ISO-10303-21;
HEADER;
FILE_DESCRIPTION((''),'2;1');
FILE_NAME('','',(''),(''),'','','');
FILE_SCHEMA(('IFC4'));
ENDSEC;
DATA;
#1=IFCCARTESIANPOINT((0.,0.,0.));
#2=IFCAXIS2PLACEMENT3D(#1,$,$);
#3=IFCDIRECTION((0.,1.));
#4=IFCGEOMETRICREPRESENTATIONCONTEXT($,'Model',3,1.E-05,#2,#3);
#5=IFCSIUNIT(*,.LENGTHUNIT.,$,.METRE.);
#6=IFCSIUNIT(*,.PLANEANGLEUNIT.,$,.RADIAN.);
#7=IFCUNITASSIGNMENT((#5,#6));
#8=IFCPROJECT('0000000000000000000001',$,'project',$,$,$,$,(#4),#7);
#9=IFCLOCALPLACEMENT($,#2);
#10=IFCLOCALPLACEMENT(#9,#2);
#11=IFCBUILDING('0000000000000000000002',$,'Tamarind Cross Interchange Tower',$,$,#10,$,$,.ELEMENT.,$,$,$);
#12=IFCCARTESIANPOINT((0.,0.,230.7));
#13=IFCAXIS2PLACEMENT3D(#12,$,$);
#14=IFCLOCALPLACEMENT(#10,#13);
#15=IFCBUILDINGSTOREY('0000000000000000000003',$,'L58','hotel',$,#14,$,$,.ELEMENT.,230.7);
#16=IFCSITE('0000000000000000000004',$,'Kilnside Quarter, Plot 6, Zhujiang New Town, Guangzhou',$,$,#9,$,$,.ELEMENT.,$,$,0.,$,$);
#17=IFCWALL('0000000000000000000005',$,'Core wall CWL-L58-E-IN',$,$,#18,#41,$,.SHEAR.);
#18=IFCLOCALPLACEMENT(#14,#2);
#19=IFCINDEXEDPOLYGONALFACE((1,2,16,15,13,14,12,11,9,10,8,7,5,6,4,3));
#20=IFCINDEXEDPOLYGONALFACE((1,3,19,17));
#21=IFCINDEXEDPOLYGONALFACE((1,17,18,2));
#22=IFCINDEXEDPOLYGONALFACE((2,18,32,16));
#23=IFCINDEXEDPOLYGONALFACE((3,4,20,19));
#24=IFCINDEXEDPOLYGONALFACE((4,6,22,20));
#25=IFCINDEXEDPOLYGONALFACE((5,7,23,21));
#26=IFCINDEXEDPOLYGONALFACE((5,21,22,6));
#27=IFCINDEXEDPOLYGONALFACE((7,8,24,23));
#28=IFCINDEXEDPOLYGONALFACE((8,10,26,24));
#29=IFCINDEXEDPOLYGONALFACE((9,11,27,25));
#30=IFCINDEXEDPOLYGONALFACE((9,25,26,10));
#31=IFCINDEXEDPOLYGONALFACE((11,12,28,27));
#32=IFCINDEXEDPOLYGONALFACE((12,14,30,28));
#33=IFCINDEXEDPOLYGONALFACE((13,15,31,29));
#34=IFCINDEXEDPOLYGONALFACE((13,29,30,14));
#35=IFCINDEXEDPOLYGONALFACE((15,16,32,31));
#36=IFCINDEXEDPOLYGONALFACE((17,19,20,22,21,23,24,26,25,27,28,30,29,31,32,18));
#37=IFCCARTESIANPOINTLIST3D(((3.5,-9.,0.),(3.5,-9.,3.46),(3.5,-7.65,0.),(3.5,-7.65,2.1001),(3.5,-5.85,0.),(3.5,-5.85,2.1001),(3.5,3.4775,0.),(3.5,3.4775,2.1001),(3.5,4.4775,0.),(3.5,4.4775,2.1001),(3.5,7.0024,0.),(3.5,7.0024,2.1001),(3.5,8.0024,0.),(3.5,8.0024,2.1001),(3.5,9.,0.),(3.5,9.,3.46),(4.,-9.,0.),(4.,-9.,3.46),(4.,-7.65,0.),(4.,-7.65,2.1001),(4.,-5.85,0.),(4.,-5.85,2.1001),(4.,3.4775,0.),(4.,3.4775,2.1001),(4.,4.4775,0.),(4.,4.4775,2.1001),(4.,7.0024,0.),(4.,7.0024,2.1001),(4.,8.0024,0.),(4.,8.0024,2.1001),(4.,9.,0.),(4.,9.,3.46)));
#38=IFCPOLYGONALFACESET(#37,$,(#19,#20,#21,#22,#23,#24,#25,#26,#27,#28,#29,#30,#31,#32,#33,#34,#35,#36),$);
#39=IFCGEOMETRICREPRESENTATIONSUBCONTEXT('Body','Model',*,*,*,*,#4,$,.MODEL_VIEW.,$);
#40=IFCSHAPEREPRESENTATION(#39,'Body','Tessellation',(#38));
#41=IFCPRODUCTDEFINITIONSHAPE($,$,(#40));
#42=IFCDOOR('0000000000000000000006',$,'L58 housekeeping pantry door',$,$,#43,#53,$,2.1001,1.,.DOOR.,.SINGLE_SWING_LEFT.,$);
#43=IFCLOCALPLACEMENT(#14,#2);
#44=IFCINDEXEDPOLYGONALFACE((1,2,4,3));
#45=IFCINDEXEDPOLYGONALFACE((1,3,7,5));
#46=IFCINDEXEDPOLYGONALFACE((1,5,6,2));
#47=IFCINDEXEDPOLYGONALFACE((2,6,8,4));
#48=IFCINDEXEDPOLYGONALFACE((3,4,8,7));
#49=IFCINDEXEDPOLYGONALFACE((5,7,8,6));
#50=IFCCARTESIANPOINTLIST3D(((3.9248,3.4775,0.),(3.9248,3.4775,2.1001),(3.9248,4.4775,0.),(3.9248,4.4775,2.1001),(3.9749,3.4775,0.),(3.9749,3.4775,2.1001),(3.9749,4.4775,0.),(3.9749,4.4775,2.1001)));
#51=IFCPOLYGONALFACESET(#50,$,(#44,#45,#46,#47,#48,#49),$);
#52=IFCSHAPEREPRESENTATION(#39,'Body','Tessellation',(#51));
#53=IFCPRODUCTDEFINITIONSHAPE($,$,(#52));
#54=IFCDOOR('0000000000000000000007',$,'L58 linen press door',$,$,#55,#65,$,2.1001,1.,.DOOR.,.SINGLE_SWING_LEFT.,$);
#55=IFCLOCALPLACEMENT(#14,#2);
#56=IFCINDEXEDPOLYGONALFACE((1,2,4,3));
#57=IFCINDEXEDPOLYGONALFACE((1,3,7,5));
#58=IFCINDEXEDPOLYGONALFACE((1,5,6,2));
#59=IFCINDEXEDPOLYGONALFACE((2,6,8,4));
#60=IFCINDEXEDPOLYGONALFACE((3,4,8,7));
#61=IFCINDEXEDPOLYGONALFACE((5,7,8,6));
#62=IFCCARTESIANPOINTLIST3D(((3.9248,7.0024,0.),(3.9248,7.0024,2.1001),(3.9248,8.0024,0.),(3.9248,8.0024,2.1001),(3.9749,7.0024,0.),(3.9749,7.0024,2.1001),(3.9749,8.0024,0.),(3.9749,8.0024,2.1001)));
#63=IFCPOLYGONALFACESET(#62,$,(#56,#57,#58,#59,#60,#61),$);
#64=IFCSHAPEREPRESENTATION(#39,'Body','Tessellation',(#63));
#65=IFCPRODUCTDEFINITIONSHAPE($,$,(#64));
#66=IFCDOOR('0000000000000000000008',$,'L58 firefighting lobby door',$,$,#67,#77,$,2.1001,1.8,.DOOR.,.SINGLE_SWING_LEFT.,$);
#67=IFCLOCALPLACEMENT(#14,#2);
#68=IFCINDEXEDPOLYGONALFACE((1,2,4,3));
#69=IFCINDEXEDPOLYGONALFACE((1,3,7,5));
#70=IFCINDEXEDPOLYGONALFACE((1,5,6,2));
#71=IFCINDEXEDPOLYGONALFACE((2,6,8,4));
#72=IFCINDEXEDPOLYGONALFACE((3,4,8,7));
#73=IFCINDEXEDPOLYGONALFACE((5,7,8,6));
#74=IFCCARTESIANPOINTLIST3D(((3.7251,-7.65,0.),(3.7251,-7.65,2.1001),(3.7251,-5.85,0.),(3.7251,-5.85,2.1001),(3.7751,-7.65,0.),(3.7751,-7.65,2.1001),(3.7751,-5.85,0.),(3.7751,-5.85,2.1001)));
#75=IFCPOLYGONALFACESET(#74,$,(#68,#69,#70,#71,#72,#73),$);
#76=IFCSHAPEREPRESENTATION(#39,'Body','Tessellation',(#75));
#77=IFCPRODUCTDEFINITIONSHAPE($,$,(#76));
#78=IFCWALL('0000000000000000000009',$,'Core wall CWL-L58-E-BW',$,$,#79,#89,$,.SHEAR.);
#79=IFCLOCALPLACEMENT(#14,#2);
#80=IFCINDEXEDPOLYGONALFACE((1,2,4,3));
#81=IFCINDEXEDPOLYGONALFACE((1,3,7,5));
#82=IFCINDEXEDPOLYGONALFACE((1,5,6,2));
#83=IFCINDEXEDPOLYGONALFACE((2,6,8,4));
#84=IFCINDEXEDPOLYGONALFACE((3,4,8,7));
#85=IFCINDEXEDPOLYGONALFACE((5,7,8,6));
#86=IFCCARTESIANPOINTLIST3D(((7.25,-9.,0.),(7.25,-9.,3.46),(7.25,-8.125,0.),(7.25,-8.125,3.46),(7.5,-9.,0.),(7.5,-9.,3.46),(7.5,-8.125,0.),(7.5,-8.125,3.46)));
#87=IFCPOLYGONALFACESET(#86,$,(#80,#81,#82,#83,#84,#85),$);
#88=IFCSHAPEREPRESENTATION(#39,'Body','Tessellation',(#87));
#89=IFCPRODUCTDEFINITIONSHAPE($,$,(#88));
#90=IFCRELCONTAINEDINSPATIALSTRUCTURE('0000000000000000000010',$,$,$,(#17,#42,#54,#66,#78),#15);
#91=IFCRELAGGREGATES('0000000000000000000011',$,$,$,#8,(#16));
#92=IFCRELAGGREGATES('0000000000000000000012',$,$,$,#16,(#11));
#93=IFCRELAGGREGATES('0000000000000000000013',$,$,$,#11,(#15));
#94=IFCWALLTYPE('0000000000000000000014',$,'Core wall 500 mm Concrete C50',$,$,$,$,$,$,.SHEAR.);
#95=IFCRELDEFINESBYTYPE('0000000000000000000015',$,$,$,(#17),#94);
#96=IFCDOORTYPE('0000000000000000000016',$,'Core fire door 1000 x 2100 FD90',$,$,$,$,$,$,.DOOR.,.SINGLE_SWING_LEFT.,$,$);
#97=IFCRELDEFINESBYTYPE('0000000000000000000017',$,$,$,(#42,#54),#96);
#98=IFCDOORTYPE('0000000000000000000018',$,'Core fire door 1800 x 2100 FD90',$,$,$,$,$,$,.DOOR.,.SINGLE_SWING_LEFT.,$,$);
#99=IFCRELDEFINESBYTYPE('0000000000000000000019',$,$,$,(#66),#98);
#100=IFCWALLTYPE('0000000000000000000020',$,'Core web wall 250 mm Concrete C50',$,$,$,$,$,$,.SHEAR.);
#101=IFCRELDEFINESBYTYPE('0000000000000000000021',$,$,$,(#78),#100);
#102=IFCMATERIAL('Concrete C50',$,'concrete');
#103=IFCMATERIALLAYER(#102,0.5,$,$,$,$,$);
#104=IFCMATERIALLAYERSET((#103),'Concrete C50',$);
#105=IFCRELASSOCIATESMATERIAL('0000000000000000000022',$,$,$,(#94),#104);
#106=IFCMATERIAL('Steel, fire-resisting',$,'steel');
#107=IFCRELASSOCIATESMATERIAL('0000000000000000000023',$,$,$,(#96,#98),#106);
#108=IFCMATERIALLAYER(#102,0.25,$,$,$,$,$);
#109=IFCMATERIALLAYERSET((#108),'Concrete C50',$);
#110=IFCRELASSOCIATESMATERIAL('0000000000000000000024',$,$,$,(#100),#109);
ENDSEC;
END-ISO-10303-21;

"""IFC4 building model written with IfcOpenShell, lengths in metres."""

from ifc_helpers import new_model, si_unit, direction, frame, frame_2d, origin, place, context, subcontext, project, spatial, rectangle, extrude, material, layer, layer_set, type_object, element, fill, save


model = new_model("IFC4")

# Units and contexts
model_context = context("Model", 3, precision=1e-05, world=origin(), true_north=direction((0.0, 1.0)))
body_context = subcontext(model_context, "Body", "Model", "MODEL_VIEW")
ifc_project = project(units=[si_unit("LENGTHUNIT", "METRE"), si_unit("PLANEANGLEUNIT", "RADIAN")], contexts=[model_context])

# Site, building, storey
site_placement = place(None, origin())
site = spatial("IfcSite", under=ifc_project, at=site_placement, Name="Kilnside Quarter, Plot 6, Zhujiang New Town, Guangzhou", CompositionType="ELEMENT", RefElevation=0.0)
building_placement = place(site_placement, origin())
building = spatial("IfcBuilding", under=site, at=building_placement, Name="Tamarind Cross Interchange Tower", CompositionType="ELEMENT")
storey_placement = place(building_placement, frame((0.0, 0.0, 230.7)))
storey = spatial("IfcBuildingStorey", under=building, at=storey_placement, Name="L58", Description="hotel", CompositionType="ELEMENT", Elevation=230.7)

# Wall, openings, doors
ifc_material_1 = material(Name="Concrete C50", Category="concrete")
ifc_layer_1 = layer(ifc_material_1, 0.5)
ifc_layer_set_1 = layer_set([ifc_layer_1], Name="Concrete C50")
wall_type_1 = type_object("IfcWallType", Name="Core wall 500 mm Concrete C50", PredefinedType="SHEAR", material=ifc_layer_set_1)
wall_1_placement = place(storey_placement, frame((3.75, -9.0, 0.0), z_axis=(0.0, 0.0, 1.0), x_axis=(0.0, 1.0, 0.0)))
wall_1 = element("IfcWall", 1, at=wall_1_placement, inside=storey, type_object=wall_type_1, Name="Core wall CWL-L58-E-IN", PredefinedType="SHEAR", context=body_context, shape_type="SweptSolid", body=[
    extrude(rectangle(XDim=18.0, YDim=0.5, at=frame_2d((9.0, 0.0))), origin(), (0.0, 0.0, 1.0), 3.46),
])
opening_1_placement = place(wall_1_placement, frame((1.3501, 0.0, 0.0)))
opening_1 = element("IfcOpeningElement", 2, at=opening_1_placement, cuts=wall_1, PredefinedType="OPENING", context=body_context, shape_type="SweptSolid", body=[
    extrude(rectangle(XDim=1.8, YDim=2.1001, at=frame_2d((0.8999, 1.05))), frame((0.0, 0.26, 0.0), z_axis=(0.0, -1.0, 0.0), x_axis=(1.0, 0.0, 0.0)), (0.0, 0.0, 1.0), 0.52),
])
opening_2_placement = place(wall_1_placement, frame((12.4775, 0.0, 0.0)))
opening_2 = element("IfcOpeningElement", 3, at=opening_2_placement, cuts=wall_1, PredefinedType="OPENING", context=body_context, shape_type="SweptSolid", body=[
    extrude(rectangle(XDim=1.0, YDim=2.1001, at=frame_2d((0.5, 1.05))), frame((0.0, 0.26, 0.0), z_axis=(0.0, -1.0, 0.0), x_axis=(1.0, 0.0, 0.0)), (0.0, 0.0, 1.0), 0.52),
])
opening_3_placement = place(wall_1_placement, frame((16.0024, 0.0, 0.0)))
opening_3 = element("IfcOpeningElement", 4, at=opening_3_placement, cuts=wall_1, PredefinedType="OPENING", context=body_context, shape_type="SweptSolid", body=[
    extrude(rectangle(XDim=1.0, YDim=2.1001, at=frame_2d((0.5, 1.05))), frame((0.0, 0.26, 0.0), z_axis=(0.0, -1.0, 0.0), x_axis=(1.0, 0.0, 0.0)), (0.0, 0.0, 1.0), 0.52),
])
ifc_material_2 = material(Name="Steel, fire-resisting", Category="steel")
door_type_1 = type_object("IfcDoorType", Name="Core fire door 1000 x 2100 FD90", OperationType="SINGLE_SWING_LEFT", PredefinedType="DOOR", material=ifc_material_2)
door_1_placement = place(opening_2_placement, origin())
door_1 = element("IfcDoor", 5, at=door_1_placement, inside=storey, type_object=door_type_1, Name="L58 housekeeping pantry door", OperationType="SINGLE_SWING_LEFT", OverallHeight=2.1001, OverallWidth=1.0, PredefinedType="DOOR", context=body_context, shape_type="SweptSolid", body=[
    extrude(rectangle(XDim=1.0, YDim=2.1001, at=frame_2d((0.5, 1.05))), frame((0.0, -0.1748, 0.0), z_axis=(0.0, -1.0, 0.0), x_axis=(1.0, 0.0, 0.0)), (0.0, 0.0, 1.0), 0.05),
])
fill(opening_2, door_1)
door_2_placement = place(opening_3_placement, origin())
door_2 = element("IfcDoor", 6, at=door_2_placement, inside=storey, type_object=door_type_1, Name="L58 linen press door", OperationType="SINGLE_SWING_LEFT", OverallHeight=2.1001, OverallWidth=1.0, PredefinedType="DOOR", context=body_context, shape_type="SweptSolid", body=[
    extrude(rectangle(XDim=1.0, YDim=2.1001, at=frame_2d((0.5, 1.05))), frame((0.0, -0.1748, 0.0), z_axis=(0.0, -1.0, 0.0), x_axis=(1.0, 0.0, 0.0)), (0.0, 0.0, 1.0), 0.05),
])
fill(opening_3, door_2)
door_type_2 = type_object("IfcDoorType", Name="Core fire door 1800 x 2100 FD90", OperationType="SINGLE_SWING_LEFT", PredefinedType="DOOR", material=ifc_material_2)
door_3_placement = place(opening_1_placement, origin())
door_3 = element("IfcDoor", 7, at=door_3_placement, inside=storey, type_object=door_type_2, Name="L58 firefighting lobby door", OperationType="SINGLE_SWING_LEFT", OverallHeight=2.1001, OverallWidth=1.8, PredefinedType="DOOR", context=body_context, shape_type="SweptSolid", body=[
    extrude(rectangle(XDim=1.8, YDim=2.1001, at=frame_2d((0.8999, 1.05))), frame((0.0, 0.0249, 0.0), z_axis=(0.0, -1.0, 0.0), x_axis=(1.0, 0.0, 0.0)), (0.0, 0.0, 1.0), 0.05),
])
fill(opening_1, door_3)

# Wall
ifc_layer_2 = layer(ifc_material_1, 0.25)
ifc_layer_set_2 = layer_set([ifc_layer_2], Name="Concrete C50")
wall_type_2 = type_object("IfcWallType", Name="Core web wall 250 mm Concrete C50", PredefinedType="SHEAR", material=ifc_layer_set_2)
wall_2_placement = place(storey_placement, frame((7.375, -9.0, 0.0), z_axis=(0.0, 0.0, 1.0), x_axis=(0.0, 1.0, 0.0)))
element("IfcWall", 8, at=wall_2_placement, inside=storey, type_object=wall_type_2, Name="Core wall CWL-L58-E-BW", PredefinedType="SHEAR", context=body_context, shape_type="SweptSolid", body=[
    extrude(rectangle(XDim=0.875, YDim=0.25, at=frame_2d((0.4375, 0.0))), origin(), (0.0, 0.0, 1.0), 3.46),
])

save(model, "model.ifc")
